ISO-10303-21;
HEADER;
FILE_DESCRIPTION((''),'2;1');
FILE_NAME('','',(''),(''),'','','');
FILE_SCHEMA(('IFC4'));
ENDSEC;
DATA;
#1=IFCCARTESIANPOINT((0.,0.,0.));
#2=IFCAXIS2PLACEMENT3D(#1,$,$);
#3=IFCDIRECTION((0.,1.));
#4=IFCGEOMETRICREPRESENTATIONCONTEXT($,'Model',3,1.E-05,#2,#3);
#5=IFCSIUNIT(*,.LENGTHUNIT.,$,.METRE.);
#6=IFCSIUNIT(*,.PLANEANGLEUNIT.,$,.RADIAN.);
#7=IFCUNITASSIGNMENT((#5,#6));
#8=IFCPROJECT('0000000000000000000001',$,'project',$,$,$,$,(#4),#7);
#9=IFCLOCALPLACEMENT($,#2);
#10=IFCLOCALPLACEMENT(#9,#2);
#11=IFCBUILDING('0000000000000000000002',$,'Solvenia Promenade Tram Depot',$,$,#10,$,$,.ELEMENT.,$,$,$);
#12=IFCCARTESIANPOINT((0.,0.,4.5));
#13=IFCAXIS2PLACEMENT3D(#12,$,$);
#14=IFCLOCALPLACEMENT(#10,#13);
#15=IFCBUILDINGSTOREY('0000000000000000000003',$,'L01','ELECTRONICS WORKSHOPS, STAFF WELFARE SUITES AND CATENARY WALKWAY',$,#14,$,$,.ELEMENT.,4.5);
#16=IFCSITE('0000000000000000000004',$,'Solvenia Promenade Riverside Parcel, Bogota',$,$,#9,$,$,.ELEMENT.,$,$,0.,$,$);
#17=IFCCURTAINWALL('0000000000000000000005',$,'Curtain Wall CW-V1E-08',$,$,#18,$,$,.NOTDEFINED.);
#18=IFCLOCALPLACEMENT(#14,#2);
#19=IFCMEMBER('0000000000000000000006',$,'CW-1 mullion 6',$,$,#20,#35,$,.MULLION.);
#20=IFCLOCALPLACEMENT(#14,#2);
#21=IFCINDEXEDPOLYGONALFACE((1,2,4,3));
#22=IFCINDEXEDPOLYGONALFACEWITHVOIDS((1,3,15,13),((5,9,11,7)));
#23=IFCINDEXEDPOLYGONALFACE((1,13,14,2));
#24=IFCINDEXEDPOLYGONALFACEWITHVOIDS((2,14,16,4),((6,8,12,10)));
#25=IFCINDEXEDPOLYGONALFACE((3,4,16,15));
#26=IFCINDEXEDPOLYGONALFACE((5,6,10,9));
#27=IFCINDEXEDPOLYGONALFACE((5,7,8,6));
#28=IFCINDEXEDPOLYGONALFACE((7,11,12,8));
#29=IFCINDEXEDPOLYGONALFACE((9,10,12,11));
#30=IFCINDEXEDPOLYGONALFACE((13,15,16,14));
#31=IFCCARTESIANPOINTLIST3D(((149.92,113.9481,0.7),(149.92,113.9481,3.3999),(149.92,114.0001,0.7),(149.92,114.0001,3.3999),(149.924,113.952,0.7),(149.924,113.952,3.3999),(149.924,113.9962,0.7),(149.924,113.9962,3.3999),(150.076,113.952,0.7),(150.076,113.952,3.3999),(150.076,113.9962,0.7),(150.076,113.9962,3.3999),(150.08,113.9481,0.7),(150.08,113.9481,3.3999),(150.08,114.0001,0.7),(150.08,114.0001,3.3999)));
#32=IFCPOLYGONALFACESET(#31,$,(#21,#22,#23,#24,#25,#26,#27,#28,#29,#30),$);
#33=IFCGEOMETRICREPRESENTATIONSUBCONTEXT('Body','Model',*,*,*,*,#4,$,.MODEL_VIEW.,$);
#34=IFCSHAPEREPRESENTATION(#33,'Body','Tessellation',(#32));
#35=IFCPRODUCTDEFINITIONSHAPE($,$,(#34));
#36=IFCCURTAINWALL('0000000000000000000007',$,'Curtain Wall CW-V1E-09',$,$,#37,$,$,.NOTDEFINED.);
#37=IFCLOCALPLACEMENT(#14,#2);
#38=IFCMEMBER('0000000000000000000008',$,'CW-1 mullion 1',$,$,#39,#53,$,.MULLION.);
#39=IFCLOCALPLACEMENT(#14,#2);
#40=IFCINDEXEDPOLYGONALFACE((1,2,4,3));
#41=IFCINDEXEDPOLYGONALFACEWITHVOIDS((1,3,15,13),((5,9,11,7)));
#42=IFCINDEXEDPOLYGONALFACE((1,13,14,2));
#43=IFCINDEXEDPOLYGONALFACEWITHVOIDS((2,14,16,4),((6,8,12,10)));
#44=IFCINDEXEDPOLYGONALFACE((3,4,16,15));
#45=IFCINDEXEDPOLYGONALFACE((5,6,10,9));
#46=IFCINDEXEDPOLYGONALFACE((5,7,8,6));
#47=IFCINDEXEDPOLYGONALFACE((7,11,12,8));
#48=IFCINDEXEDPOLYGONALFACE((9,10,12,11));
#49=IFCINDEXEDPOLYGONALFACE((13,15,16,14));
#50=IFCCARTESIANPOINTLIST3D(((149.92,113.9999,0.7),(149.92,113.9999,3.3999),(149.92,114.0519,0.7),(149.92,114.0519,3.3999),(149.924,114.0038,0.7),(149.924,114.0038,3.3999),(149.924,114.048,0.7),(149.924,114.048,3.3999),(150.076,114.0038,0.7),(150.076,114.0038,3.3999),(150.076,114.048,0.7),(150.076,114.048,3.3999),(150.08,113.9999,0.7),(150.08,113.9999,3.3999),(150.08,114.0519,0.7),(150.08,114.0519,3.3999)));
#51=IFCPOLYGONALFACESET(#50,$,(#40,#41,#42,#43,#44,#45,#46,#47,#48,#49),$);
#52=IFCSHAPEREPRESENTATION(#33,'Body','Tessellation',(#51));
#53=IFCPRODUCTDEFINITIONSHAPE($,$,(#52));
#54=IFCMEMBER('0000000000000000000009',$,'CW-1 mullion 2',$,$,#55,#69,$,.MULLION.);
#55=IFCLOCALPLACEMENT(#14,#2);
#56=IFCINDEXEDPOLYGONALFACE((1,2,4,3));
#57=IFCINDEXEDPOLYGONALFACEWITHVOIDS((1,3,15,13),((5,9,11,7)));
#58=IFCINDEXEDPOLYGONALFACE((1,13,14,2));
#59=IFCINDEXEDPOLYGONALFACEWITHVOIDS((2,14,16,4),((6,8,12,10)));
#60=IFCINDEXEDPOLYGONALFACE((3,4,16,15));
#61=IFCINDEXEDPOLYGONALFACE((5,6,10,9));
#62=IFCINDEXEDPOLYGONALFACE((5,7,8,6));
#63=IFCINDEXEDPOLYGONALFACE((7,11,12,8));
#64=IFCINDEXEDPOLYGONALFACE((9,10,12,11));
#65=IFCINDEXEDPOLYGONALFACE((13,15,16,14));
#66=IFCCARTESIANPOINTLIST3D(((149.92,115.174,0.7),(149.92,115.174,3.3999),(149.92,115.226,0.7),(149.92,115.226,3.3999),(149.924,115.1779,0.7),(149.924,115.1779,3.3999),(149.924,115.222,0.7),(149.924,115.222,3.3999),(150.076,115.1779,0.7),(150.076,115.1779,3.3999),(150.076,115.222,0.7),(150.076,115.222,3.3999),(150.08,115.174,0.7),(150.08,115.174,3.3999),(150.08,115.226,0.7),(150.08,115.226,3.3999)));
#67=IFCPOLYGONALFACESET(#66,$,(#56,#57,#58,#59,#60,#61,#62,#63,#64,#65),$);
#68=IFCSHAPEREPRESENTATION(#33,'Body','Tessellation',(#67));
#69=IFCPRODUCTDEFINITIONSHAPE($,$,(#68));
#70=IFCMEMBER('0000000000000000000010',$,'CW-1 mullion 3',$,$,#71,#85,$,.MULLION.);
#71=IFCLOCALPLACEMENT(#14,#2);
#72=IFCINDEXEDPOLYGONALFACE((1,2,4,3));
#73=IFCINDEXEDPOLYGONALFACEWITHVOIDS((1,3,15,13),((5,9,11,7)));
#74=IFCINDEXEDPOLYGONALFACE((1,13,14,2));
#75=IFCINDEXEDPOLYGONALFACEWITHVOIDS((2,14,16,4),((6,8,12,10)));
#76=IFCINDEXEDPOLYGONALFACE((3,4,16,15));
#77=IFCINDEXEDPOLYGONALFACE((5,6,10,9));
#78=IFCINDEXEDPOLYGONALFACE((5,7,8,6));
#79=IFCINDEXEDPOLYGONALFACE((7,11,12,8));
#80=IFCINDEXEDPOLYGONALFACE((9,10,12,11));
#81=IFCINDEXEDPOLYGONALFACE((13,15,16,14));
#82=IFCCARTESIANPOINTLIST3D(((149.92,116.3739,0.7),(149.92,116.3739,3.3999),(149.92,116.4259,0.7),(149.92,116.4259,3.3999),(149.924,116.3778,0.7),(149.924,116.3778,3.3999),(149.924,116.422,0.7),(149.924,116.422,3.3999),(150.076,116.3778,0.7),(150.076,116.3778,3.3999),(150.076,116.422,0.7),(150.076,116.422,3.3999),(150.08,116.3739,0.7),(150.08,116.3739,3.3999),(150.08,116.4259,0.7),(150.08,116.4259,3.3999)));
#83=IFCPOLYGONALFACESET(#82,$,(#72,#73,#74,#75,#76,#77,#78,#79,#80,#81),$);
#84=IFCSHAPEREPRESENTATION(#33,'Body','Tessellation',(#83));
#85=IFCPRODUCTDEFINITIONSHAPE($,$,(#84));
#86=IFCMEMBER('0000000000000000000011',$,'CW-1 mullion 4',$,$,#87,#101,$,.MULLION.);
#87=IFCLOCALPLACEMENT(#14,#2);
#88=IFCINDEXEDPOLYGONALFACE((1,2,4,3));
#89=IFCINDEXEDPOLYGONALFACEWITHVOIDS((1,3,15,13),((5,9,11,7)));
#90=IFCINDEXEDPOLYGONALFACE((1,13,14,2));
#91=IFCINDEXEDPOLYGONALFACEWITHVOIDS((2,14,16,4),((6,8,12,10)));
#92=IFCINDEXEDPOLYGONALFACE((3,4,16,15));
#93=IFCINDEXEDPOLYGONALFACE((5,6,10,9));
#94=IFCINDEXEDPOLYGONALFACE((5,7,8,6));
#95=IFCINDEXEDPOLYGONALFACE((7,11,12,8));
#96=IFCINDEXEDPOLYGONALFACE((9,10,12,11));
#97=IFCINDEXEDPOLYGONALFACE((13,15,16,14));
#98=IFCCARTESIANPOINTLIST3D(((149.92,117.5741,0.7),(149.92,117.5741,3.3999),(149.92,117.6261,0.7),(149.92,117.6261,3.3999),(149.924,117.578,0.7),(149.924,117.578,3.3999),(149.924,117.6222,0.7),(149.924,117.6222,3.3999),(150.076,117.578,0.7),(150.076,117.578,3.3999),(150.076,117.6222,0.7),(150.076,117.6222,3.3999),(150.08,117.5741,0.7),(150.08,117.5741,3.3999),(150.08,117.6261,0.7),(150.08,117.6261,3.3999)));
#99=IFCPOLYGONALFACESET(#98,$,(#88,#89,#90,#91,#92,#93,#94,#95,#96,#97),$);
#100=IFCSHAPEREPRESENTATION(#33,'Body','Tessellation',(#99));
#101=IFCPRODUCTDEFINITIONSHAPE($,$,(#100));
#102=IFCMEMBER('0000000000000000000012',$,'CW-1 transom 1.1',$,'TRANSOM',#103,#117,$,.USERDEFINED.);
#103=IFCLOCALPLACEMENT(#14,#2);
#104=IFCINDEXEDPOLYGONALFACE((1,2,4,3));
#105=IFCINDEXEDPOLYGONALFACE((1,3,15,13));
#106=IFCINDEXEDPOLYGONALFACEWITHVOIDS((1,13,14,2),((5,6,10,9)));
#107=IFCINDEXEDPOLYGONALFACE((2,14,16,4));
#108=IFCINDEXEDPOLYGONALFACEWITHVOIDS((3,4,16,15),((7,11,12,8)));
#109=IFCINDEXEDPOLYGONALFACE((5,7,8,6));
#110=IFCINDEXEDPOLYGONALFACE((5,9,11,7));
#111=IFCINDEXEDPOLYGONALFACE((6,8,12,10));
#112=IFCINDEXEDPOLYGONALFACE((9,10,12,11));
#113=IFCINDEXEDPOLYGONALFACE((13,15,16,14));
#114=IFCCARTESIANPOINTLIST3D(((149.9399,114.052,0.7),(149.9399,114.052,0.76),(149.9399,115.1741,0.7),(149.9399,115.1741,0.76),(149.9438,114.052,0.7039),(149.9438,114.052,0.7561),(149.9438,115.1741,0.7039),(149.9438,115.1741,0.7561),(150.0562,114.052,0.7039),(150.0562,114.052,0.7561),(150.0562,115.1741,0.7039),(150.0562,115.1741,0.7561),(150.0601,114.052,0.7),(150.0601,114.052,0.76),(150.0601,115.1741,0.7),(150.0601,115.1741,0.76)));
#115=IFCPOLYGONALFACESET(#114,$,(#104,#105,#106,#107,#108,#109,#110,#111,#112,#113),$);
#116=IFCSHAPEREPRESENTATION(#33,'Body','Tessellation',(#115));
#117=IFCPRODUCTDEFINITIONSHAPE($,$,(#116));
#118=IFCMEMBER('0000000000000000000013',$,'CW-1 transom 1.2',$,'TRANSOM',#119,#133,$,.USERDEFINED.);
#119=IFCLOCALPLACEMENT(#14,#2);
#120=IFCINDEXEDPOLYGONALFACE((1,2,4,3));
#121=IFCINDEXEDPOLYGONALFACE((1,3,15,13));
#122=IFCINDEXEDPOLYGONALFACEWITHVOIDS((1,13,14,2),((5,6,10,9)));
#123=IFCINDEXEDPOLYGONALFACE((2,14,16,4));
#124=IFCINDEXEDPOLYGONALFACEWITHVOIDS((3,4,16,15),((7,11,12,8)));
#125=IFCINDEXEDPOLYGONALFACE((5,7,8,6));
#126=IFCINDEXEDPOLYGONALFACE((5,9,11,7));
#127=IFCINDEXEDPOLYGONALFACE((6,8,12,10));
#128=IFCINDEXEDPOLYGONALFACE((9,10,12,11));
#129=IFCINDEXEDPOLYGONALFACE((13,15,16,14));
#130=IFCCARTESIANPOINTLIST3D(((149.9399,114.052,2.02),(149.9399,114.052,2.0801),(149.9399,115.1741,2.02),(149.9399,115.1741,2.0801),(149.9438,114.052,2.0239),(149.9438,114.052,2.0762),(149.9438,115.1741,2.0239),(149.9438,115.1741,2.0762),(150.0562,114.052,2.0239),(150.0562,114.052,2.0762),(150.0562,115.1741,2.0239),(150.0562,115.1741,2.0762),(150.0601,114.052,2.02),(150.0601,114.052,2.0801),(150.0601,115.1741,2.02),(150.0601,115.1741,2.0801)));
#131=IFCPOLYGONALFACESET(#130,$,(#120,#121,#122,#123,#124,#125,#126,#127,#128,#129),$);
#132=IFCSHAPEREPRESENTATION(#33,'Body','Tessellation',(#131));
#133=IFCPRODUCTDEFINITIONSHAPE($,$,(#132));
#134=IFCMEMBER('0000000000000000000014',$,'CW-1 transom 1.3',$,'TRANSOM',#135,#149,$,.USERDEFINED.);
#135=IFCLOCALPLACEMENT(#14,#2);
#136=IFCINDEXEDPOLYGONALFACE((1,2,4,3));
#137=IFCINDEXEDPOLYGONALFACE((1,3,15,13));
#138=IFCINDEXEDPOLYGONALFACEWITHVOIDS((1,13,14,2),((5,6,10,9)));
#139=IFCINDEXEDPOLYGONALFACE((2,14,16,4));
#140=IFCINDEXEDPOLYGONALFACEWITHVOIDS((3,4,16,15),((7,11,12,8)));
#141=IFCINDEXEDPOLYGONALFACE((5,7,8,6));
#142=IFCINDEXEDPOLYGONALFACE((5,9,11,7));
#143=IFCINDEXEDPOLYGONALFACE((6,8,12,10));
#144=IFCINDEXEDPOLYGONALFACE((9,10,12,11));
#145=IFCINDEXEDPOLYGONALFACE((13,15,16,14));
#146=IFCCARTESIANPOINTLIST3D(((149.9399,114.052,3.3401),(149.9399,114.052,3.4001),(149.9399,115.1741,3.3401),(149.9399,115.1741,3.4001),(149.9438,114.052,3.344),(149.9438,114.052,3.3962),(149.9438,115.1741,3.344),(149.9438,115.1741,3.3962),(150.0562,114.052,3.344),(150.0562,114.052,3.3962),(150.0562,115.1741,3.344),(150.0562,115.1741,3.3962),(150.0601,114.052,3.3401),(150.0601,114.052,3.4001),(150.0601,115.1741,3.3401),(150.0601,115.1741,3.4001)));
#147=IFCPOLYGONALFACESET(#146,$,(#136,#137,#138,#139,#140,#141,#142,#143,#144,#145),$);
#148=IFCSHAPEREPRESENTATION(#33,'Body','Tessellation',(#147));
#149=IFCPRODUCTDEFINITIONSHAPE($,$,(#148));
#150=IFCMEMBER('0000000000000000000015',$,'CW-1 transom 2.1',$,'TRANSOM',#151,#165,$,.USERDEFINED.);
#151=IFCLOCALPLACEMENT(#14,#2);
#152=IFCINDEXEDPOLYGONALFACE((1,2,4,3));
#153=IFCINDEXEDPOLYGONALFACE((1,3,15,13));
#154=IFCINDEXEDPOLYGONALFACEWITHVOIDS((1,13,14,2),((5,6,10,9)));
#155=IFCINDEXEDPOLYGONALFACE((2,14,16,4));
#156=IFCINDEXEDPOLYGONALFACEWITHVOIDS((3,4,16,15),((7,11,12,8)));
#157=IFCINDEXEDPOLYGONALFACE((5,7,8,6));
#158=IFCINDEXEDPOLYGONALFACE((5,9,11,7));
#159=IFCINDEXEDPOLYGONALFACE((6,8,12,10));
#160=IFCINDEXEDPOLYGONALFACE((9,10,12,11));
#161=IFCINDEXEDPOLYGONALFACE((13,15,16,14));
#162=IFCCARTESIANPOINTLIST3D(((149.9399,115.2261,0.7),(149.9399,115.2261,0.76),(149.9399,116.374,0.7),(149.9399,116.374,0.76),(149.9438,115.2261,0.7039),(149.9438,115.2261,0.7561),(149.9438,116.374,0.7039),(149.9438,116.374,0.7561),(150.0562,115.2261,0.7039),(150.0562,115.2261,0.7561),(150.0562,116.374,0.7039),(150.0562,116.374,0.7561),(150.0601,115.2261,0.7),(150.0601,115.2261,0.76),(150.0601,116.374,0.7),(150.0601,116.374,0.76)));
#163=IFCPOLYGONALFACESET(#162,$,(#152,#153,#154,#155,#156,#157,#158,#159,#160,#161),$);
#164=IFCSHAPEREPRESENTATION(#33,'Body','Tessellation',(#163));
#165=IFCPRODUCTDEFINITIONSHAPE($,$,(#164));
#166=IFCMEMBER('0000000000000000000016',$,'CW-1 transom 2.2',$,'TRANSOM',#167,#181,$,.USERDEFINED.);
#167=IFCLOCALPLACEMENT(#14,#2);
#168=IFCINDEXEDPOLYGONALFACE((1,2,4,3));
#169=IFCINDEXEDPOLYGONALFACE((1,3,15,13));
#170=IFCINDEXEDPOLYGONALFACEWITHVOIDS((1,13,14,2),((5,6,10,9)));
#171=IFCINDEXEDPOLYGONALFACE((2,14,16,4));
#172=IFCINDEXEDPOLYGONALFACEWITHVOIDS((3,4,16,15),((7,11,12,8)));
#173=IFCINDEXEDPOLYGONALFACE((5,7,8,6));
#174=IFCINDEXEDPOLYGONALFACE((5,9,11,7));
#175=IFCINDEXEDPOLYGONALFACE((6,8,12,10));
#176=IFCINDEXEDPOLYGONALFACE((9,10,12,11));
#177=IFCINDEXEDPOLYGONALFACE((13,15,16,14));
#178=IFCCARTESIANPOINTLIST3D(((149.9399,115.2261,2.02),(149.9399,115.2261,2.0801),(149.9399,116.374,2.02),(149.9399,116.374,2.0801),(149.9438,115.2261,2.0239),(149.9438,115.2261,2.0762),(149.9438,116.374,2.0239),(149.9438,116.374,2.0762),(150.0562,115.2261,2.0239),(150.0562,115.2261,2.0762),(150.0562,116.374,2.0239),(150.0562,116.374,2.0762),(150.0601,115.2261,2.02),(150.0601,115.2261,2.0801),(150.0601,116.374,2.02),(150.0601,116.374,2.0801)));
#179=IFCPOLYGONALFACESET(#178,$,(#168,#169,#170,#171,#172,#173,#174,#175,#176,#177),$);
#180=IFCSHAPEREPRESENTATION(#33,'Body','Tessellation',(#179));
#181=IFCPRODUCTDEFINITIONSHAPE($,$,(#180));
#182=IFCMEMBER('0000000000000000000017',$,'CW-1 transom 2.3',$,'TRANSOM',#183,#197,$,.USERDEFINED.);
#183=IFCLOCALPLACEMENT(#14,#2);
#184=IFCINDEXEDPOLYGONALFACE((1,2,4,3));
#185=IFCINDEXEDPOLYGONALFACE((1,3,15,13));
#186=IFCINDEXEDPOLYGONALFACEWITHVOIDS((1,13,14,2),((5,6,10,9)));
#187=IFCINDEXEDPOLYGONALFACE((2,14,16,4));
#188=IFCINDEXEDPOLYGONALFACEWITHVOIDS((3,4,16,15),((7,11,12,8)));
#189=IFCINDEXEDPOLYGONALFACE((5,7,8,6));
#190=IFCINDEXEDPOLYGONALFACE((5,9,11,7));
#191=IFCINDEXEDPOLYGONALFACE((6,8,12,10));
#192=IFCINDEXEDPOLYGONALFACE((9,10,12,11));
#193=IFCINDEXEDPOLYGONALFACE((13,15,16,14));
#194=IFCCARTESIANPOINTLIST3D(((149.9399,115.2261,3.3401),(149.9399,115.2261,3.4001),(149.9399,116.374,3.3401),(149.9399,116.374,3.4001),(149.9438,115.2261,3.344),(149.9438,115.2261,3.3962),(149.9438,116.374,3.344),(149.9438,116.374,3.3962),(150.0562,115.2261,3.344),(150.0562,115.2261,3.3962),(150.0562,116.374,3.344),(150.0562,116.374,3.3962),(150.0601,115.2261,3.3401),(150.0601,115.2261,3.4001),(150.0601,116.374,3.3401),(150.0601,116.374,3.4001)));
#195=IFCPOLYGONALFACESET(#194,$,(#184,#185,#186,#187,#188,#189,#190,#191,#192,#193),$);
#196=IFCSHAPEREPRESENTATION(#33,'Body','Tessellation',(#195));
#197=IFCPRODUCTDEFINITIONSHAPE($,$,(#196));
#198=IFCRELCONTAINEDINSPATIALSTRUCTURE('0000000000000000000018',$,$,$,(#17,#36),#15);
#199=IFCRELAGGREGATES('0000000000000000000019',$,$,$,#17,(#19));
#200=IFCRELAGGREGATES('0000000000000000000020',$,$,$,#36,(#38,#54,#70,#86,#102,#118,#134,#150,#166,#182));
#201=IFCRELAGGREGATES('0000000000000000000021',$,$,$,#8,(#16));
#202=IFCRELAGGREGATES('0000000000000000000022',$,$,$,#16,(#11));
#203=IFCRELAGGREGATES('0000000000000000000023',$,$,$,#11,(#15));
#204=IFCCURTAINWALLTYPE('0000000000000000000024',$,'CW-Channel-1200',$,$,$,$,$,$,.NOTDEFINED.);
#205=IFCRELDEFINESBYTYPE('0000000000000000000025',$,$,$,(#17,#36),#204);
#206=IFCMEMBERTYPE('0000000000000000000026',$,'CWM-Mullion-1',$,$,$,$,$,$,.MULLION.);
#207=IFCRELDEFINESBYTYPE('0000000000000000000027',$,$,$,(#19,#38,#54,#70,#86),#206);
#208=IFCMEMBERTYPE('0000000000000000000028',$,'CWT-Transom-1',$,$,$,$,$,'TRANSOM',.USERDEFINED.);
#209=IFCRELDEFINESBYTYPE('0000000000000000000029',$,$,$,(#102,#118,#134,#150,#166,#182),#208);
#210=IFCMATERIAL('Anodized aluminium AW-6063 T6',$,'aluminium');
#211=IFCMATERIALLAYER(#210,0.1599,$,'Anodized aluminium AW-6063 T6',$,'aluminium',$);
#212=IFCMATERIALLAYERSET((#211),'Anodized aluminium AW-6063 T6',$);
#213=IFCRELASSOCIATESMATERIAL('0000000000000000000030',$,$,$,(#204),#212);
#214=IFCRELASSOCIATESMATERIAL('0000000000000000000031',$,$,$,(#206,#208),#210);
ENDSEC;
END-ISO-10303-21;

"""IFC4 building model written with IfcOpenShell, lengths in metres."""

from ifc_helpers import new_model, si_unit, direction, frame, origin, origin_2d, place, context, subcontext, project, spatial, hollow_rectangle, extrude, material, layer, layer_set, material_profile, profile_set, type_object, element, aggregate, save


model = new_model("IFC4")

# Units and contexts
model_context = context("Model", 3, precision=1e-05, world=origin(), true_north=direction((0.0, 1.0)))
body_context = subcontext(model_context, "Body", "Model", "MODEL_VIEW")
ifc_project = project(units=[si_unit("LENGTHUNIT", "METRE"), si_unit("PLANEANGLEUNIT", "RADIAN")], contexts=[model_context])

# Site, building, storey
site_placement = place(None, origin())
site = spatial("IfcSite", under=ifc_project, at=site_placement, Name="Solvenia Promenade Riverside Parcel, Bogota", CompositionType="ELEMENT", RefElevation=0.0)
building_placement = place(site_placement, origin())
building = spatial("IfcBuilding", under=site, at=building_placement, Name="Solvenia Promenade Tram Depot", CompositionType="ELEMENT")
storey_placement = place(building_placement, frame((0.0, 0.0, 4.5)))
storey = spatial("IfcBuildingStorey", under=building, at=storey_placement, Name="L01", Description="ELECTRONICS WORKSHOPS, STAFF WELFARE SUITES AND CATENARY WALKWAY", CompositionType="ELEMENT", Elevation=4.5)

# Curtain wall, member
ifc_material_1 = material(Name="Anodized aluminium AW-6063 T6", Category="aluminium")
ifc_layer_1 = layer(ifc_material_1, 0.1599, Name="Anodized aluminium AW-6063 T6", Category="aluminium")
ifc_layer_set_1 = layer_set([ifc_layer_1], Name="Anodized aluminium AW-6063 T6")
curtain_wall_type = type_object("IfcCurtainWallType", Name="CW-Channel-1200", PredefinedType="NOTDEFINED", material=ifc_layer_set_1)
curtain_wall_1_placement = place(storey_placement, origin())
curtain_wall_1 = element("IfcCurtainWall", 1, at=curtain_wall_1_placement, inside=storey, type_object=curtain_wall_type, Name="Curtain Wall CW-V1E-08", PredefinedType="NOTDEFINED")
ifc_material_profile_1 = material_profile(ifc_material_1, hollow_rectangle(XDim=0.1599, YDim=0.052, WallThickness=0.0039, at=origin_2d()), Name="ALU-M1", Category="aluminium")
ifc_profile_set_1 = profile_set([ifc_material_profile_1], Name="Anodized aluminium AW-6063 T6")
member_type_1 = type_object("IfcMemberType", Name="CWM-Mullion-1", PredefinedType="MULLION", material=ifc_profile_set_1)
member_1_placement = place(storey_placement, frame((150.0, 113.9741, 0.7), z_axis=(0.0, 0.0, 1.0), x_axis=(-1.0, 0.0, 0.0)))
member_1 = element("IfcMember", 2, at=member_1_placement, type_object=member_type_1, Name="CW-1 mullion 6", PredefinedType="MULLION", context=body_context, shape_type="SweptSolid", body=[
    extrude(hollow_rectangle(XDim=0.1599, YDim=0.052, WallThickness=0.0039, at=origin_2d()), origin(), (0.0, 0.0, 1.0), 2.7),
])
aggregate(curtain_wall_1, [member_1])

# Curtain wall, members
curtain_wall_2_placement = place(storey_placement, origin())
curtain_wall_2 = element("IfcCurtainWall", 3, at=curtain_wall_2_placement, inside=storey, type_object=curtain_wall_type, Name="Curtain Wall CW-V1E-09", PredefinedType="NOTDEFINED")
member_2_placement = place(storey_placement, frame((150.0, 114.0259, 0.7), z_axis=(0.0, 0.0, 1.0), x_axis=(-1.0, 0.0, 0.0)))
member_2 = element("IfcMember", 4, at=member_2_placement, type_object=member_type_1, Name="CW-1 mullion 1", PredefinedType="MULLION", context=body_context, shape_type="SweptSolid", body=[
    extrude(hollow_rectangle(XDim=0.1599, YDim=0.052, WallThickness=0.0039, at=origin_2d()), origin(), (0.0, 0.0, 1.0), 2.7),
])
member_3_placement = place(storey_placement, frame((150.0, 115.2, 0.7), z_axis=(0.0, 0.0, 1.0), x_axis=(-1.0, 0.0, 0.0)))
member_3 = element("IfcMember", 5, at=member_3_placement, type_object=member_type_1, Name="CW-1 mullion 2", PredefinedType="MULLION", context=body_context, shape_type="SweptSolid", body=[
    extrude(hollow_rectangle(XDim=0.1599, YDim=0.052, WallThickness=0.0039, at=origin_2d()), origin(), (0.0, 0.0, 1.0), 2.7),
])
member_4_placement = place(storey_placement, frame((150.0, 116.3999, 0.7), z_axis=(0.0, 0.0, 1.0), x_axis=(-1.0, 0.0, 0.0)))
member_4 = element("IfcMember", 6, at=member_4_placement, type_object=member_type_1, Name="CW-1 mullion 3", PredefinedType="MULLION", context=body_context, shape_type="SweptSolid", body=[
    extrude(hollow_rectangle(XDim=0.1599, YDim=0.052, WallThickness=0.0039, at=origin_2d()), origin(), (0.0, 0.0, 1.0), 2.7),
])
member_5_placement = place(storey_placement, frame((150.0, 117.6001, 0.7), z_axis=(0.0, 0.0, 1.0), x_axis=(-1.0, 0.0, 0.0)))
member_5 = element("IfcMember", 7, at=member_5_placement, type_object=member_type_1, Name="CW-1 mullion 4", PredefinedType="MULLION", context=body_context, shape_type="SweptSolid", body=[
    extrude(hollow_rectangle(XDim=0.1599, YDim=0.052, WallThickness=0.0039, at=origin_2d()), origin(), (0.0, 0.0, 1.0), 2.7),
])
ifc_material_profile_2 = material_profile(ifc_material_1, hollow_rectangle(XDim=0.1201, YDim=0.0601, WallThickness=0.0039, at=origin_2d()), Name="ALU-T1", Category="aluminium")
ifc_profile_set_2 = profile_set([ifc_material_profile_2], Name="Anodized aluminium AW-6063 T6")
member_type_2 = type_object("IfcMemberType", Name="CWT-Transom-1", ElementType="TRANSOM", PredefinedType="USERDEFINED", material=ifc_profile_set_2)
member_6_placement = place(storey_placement, frame((150.0, 114.052, 0.73), z_axis=(0.0, 1.0, 0.0), x_axis=(-1.0, 0.0, 0.0)))
member_6 = element("IfcMember", 8, at=member_6_placement, type_object=member_type_2, Name="CW-1 transom 1.1", ObjectType="TRANSOM", PredefinedType="USERDEFINED", context=body_context, shape_type="SweptSolid", body=[
    extrude(hollow_rectangle(XDim=0.1201, YDim=0.0601, WallThickness=0.0039, at=origin_2d()), origin(), (0.0, 0.0, 1.0), 1.1221),
])
member_7_placement = place(storey_placement, frame((150.0, 114.052, 2.05), z_axis=(0.0, 1.0, 0.0), x_axis=(-1.0, 0.0, 0.0)))
member_7 = element("IfcMember", 9, at=member_7_placement, type_object=member_type_2, Name="CW-1 transom 1.2", ObjectType="TRANSOM", PredefinedType="USERDEFINED", context=body_context, shape_type="SweptSolid", body=[
    extrude(hollow_rectangle(XDim=0.1201, YDim=0.0601, WallThickness=0.0039, at=origin_2d()), origin(), (0.0, 0.0, 1.0), 1.1221),
])
member_8_placement = place(storey_placement, frame((150.0, 114.052, 3.3701), z_axis=(0.0, 1.0, 0.0), x_axis=(-1.0, 0.0, 0.0)))
member_8 = element("IfcMember", 10, at=member_8_placement, type_object=member_type_2, Name="CW-1 transom 1.3", ObjectType="TRANSOM", PredefinedType="USERDEFINED", context=body_context, shape_type="SweptSolid", body=[
    extrude(hollow_rectangle(XDim=0.1201, YDim=0.0601, WallThickness=0.0039, at=origin_2d()), origin(), (0.0, 0.0, 1.0), 1.1221),
])
member_9_placement = place(storey_placement, frame((150.0, 115.2261, 0.73), z_axis=(0.0, 1.0, 0.0), x_axis=(-1.0, 0.0, 0.0)))
member_9 = element("IfcMember", 11, at=member_9_placement, type_object=member_type_2, Name="CW-1 transom 2.1", ObjectType="TRANSOM", PredefinedType="USERDEFINED", context=body_context, shape_type="SweptSolid", body=[
    extrude(hollow_rectangle(XDim=0.1201, YDim=0.0601, WallThickness=0.0039, at=origin_2d()), origin(), (0.0, 0.0, 1.0), 1.1479),
])
member_10_placement = place(storey_placement, frame((150.0, 115.2261, 2.05), z_axis=(0.0, 1.0, 0.0), x_axis=(-1.0, 0.0, 0.0)))
member_10 = element("IfcMember", 12, at=member_10_placement, type_object=member_type_2, Name="CW-1 transom 2.2", ObjectType="TRANSOM", PredefinedType="USERDEFINED", context=body_context, shape_type="SweptSolid", body=[
    extrude(hollow_rectangle(XDim=0.1201, YDim=0.0601, WallThickness=0.0039, at=origin_2d()), origin(), (0.0, 0.0, 1.0), 1.1479),
])
member_11_placement = place(storey_placement, frame((150.0, 115.2261, 3.3701), z_axis=(0.0, 1.0, 0.0), x_axis=(-1.0, 0.0, 0.0)))
member_11 = element("IfcMember", 13, at=member_11_placement, type_object=member_type_2, Name="CW-1 transom 2.3", ObjectType="TRANSOM", PredefinedType="USERDEFINED", context=body_context, shape_type="SweptSolid", body=[
    extrude(hollow_rectangle(XDim=0.1201, YDim=0.0601, WallThickness=0.0039, at=origin_2d()), origin(), (0.0, 0.0, 1.0), 1.1479),
])

aggregate(curtain_wall_2, [member_2, member_3, member_4, member_5, member_6, member_7, member_8, member_9, member_10, member_11])

save(model, "model.ifc")
